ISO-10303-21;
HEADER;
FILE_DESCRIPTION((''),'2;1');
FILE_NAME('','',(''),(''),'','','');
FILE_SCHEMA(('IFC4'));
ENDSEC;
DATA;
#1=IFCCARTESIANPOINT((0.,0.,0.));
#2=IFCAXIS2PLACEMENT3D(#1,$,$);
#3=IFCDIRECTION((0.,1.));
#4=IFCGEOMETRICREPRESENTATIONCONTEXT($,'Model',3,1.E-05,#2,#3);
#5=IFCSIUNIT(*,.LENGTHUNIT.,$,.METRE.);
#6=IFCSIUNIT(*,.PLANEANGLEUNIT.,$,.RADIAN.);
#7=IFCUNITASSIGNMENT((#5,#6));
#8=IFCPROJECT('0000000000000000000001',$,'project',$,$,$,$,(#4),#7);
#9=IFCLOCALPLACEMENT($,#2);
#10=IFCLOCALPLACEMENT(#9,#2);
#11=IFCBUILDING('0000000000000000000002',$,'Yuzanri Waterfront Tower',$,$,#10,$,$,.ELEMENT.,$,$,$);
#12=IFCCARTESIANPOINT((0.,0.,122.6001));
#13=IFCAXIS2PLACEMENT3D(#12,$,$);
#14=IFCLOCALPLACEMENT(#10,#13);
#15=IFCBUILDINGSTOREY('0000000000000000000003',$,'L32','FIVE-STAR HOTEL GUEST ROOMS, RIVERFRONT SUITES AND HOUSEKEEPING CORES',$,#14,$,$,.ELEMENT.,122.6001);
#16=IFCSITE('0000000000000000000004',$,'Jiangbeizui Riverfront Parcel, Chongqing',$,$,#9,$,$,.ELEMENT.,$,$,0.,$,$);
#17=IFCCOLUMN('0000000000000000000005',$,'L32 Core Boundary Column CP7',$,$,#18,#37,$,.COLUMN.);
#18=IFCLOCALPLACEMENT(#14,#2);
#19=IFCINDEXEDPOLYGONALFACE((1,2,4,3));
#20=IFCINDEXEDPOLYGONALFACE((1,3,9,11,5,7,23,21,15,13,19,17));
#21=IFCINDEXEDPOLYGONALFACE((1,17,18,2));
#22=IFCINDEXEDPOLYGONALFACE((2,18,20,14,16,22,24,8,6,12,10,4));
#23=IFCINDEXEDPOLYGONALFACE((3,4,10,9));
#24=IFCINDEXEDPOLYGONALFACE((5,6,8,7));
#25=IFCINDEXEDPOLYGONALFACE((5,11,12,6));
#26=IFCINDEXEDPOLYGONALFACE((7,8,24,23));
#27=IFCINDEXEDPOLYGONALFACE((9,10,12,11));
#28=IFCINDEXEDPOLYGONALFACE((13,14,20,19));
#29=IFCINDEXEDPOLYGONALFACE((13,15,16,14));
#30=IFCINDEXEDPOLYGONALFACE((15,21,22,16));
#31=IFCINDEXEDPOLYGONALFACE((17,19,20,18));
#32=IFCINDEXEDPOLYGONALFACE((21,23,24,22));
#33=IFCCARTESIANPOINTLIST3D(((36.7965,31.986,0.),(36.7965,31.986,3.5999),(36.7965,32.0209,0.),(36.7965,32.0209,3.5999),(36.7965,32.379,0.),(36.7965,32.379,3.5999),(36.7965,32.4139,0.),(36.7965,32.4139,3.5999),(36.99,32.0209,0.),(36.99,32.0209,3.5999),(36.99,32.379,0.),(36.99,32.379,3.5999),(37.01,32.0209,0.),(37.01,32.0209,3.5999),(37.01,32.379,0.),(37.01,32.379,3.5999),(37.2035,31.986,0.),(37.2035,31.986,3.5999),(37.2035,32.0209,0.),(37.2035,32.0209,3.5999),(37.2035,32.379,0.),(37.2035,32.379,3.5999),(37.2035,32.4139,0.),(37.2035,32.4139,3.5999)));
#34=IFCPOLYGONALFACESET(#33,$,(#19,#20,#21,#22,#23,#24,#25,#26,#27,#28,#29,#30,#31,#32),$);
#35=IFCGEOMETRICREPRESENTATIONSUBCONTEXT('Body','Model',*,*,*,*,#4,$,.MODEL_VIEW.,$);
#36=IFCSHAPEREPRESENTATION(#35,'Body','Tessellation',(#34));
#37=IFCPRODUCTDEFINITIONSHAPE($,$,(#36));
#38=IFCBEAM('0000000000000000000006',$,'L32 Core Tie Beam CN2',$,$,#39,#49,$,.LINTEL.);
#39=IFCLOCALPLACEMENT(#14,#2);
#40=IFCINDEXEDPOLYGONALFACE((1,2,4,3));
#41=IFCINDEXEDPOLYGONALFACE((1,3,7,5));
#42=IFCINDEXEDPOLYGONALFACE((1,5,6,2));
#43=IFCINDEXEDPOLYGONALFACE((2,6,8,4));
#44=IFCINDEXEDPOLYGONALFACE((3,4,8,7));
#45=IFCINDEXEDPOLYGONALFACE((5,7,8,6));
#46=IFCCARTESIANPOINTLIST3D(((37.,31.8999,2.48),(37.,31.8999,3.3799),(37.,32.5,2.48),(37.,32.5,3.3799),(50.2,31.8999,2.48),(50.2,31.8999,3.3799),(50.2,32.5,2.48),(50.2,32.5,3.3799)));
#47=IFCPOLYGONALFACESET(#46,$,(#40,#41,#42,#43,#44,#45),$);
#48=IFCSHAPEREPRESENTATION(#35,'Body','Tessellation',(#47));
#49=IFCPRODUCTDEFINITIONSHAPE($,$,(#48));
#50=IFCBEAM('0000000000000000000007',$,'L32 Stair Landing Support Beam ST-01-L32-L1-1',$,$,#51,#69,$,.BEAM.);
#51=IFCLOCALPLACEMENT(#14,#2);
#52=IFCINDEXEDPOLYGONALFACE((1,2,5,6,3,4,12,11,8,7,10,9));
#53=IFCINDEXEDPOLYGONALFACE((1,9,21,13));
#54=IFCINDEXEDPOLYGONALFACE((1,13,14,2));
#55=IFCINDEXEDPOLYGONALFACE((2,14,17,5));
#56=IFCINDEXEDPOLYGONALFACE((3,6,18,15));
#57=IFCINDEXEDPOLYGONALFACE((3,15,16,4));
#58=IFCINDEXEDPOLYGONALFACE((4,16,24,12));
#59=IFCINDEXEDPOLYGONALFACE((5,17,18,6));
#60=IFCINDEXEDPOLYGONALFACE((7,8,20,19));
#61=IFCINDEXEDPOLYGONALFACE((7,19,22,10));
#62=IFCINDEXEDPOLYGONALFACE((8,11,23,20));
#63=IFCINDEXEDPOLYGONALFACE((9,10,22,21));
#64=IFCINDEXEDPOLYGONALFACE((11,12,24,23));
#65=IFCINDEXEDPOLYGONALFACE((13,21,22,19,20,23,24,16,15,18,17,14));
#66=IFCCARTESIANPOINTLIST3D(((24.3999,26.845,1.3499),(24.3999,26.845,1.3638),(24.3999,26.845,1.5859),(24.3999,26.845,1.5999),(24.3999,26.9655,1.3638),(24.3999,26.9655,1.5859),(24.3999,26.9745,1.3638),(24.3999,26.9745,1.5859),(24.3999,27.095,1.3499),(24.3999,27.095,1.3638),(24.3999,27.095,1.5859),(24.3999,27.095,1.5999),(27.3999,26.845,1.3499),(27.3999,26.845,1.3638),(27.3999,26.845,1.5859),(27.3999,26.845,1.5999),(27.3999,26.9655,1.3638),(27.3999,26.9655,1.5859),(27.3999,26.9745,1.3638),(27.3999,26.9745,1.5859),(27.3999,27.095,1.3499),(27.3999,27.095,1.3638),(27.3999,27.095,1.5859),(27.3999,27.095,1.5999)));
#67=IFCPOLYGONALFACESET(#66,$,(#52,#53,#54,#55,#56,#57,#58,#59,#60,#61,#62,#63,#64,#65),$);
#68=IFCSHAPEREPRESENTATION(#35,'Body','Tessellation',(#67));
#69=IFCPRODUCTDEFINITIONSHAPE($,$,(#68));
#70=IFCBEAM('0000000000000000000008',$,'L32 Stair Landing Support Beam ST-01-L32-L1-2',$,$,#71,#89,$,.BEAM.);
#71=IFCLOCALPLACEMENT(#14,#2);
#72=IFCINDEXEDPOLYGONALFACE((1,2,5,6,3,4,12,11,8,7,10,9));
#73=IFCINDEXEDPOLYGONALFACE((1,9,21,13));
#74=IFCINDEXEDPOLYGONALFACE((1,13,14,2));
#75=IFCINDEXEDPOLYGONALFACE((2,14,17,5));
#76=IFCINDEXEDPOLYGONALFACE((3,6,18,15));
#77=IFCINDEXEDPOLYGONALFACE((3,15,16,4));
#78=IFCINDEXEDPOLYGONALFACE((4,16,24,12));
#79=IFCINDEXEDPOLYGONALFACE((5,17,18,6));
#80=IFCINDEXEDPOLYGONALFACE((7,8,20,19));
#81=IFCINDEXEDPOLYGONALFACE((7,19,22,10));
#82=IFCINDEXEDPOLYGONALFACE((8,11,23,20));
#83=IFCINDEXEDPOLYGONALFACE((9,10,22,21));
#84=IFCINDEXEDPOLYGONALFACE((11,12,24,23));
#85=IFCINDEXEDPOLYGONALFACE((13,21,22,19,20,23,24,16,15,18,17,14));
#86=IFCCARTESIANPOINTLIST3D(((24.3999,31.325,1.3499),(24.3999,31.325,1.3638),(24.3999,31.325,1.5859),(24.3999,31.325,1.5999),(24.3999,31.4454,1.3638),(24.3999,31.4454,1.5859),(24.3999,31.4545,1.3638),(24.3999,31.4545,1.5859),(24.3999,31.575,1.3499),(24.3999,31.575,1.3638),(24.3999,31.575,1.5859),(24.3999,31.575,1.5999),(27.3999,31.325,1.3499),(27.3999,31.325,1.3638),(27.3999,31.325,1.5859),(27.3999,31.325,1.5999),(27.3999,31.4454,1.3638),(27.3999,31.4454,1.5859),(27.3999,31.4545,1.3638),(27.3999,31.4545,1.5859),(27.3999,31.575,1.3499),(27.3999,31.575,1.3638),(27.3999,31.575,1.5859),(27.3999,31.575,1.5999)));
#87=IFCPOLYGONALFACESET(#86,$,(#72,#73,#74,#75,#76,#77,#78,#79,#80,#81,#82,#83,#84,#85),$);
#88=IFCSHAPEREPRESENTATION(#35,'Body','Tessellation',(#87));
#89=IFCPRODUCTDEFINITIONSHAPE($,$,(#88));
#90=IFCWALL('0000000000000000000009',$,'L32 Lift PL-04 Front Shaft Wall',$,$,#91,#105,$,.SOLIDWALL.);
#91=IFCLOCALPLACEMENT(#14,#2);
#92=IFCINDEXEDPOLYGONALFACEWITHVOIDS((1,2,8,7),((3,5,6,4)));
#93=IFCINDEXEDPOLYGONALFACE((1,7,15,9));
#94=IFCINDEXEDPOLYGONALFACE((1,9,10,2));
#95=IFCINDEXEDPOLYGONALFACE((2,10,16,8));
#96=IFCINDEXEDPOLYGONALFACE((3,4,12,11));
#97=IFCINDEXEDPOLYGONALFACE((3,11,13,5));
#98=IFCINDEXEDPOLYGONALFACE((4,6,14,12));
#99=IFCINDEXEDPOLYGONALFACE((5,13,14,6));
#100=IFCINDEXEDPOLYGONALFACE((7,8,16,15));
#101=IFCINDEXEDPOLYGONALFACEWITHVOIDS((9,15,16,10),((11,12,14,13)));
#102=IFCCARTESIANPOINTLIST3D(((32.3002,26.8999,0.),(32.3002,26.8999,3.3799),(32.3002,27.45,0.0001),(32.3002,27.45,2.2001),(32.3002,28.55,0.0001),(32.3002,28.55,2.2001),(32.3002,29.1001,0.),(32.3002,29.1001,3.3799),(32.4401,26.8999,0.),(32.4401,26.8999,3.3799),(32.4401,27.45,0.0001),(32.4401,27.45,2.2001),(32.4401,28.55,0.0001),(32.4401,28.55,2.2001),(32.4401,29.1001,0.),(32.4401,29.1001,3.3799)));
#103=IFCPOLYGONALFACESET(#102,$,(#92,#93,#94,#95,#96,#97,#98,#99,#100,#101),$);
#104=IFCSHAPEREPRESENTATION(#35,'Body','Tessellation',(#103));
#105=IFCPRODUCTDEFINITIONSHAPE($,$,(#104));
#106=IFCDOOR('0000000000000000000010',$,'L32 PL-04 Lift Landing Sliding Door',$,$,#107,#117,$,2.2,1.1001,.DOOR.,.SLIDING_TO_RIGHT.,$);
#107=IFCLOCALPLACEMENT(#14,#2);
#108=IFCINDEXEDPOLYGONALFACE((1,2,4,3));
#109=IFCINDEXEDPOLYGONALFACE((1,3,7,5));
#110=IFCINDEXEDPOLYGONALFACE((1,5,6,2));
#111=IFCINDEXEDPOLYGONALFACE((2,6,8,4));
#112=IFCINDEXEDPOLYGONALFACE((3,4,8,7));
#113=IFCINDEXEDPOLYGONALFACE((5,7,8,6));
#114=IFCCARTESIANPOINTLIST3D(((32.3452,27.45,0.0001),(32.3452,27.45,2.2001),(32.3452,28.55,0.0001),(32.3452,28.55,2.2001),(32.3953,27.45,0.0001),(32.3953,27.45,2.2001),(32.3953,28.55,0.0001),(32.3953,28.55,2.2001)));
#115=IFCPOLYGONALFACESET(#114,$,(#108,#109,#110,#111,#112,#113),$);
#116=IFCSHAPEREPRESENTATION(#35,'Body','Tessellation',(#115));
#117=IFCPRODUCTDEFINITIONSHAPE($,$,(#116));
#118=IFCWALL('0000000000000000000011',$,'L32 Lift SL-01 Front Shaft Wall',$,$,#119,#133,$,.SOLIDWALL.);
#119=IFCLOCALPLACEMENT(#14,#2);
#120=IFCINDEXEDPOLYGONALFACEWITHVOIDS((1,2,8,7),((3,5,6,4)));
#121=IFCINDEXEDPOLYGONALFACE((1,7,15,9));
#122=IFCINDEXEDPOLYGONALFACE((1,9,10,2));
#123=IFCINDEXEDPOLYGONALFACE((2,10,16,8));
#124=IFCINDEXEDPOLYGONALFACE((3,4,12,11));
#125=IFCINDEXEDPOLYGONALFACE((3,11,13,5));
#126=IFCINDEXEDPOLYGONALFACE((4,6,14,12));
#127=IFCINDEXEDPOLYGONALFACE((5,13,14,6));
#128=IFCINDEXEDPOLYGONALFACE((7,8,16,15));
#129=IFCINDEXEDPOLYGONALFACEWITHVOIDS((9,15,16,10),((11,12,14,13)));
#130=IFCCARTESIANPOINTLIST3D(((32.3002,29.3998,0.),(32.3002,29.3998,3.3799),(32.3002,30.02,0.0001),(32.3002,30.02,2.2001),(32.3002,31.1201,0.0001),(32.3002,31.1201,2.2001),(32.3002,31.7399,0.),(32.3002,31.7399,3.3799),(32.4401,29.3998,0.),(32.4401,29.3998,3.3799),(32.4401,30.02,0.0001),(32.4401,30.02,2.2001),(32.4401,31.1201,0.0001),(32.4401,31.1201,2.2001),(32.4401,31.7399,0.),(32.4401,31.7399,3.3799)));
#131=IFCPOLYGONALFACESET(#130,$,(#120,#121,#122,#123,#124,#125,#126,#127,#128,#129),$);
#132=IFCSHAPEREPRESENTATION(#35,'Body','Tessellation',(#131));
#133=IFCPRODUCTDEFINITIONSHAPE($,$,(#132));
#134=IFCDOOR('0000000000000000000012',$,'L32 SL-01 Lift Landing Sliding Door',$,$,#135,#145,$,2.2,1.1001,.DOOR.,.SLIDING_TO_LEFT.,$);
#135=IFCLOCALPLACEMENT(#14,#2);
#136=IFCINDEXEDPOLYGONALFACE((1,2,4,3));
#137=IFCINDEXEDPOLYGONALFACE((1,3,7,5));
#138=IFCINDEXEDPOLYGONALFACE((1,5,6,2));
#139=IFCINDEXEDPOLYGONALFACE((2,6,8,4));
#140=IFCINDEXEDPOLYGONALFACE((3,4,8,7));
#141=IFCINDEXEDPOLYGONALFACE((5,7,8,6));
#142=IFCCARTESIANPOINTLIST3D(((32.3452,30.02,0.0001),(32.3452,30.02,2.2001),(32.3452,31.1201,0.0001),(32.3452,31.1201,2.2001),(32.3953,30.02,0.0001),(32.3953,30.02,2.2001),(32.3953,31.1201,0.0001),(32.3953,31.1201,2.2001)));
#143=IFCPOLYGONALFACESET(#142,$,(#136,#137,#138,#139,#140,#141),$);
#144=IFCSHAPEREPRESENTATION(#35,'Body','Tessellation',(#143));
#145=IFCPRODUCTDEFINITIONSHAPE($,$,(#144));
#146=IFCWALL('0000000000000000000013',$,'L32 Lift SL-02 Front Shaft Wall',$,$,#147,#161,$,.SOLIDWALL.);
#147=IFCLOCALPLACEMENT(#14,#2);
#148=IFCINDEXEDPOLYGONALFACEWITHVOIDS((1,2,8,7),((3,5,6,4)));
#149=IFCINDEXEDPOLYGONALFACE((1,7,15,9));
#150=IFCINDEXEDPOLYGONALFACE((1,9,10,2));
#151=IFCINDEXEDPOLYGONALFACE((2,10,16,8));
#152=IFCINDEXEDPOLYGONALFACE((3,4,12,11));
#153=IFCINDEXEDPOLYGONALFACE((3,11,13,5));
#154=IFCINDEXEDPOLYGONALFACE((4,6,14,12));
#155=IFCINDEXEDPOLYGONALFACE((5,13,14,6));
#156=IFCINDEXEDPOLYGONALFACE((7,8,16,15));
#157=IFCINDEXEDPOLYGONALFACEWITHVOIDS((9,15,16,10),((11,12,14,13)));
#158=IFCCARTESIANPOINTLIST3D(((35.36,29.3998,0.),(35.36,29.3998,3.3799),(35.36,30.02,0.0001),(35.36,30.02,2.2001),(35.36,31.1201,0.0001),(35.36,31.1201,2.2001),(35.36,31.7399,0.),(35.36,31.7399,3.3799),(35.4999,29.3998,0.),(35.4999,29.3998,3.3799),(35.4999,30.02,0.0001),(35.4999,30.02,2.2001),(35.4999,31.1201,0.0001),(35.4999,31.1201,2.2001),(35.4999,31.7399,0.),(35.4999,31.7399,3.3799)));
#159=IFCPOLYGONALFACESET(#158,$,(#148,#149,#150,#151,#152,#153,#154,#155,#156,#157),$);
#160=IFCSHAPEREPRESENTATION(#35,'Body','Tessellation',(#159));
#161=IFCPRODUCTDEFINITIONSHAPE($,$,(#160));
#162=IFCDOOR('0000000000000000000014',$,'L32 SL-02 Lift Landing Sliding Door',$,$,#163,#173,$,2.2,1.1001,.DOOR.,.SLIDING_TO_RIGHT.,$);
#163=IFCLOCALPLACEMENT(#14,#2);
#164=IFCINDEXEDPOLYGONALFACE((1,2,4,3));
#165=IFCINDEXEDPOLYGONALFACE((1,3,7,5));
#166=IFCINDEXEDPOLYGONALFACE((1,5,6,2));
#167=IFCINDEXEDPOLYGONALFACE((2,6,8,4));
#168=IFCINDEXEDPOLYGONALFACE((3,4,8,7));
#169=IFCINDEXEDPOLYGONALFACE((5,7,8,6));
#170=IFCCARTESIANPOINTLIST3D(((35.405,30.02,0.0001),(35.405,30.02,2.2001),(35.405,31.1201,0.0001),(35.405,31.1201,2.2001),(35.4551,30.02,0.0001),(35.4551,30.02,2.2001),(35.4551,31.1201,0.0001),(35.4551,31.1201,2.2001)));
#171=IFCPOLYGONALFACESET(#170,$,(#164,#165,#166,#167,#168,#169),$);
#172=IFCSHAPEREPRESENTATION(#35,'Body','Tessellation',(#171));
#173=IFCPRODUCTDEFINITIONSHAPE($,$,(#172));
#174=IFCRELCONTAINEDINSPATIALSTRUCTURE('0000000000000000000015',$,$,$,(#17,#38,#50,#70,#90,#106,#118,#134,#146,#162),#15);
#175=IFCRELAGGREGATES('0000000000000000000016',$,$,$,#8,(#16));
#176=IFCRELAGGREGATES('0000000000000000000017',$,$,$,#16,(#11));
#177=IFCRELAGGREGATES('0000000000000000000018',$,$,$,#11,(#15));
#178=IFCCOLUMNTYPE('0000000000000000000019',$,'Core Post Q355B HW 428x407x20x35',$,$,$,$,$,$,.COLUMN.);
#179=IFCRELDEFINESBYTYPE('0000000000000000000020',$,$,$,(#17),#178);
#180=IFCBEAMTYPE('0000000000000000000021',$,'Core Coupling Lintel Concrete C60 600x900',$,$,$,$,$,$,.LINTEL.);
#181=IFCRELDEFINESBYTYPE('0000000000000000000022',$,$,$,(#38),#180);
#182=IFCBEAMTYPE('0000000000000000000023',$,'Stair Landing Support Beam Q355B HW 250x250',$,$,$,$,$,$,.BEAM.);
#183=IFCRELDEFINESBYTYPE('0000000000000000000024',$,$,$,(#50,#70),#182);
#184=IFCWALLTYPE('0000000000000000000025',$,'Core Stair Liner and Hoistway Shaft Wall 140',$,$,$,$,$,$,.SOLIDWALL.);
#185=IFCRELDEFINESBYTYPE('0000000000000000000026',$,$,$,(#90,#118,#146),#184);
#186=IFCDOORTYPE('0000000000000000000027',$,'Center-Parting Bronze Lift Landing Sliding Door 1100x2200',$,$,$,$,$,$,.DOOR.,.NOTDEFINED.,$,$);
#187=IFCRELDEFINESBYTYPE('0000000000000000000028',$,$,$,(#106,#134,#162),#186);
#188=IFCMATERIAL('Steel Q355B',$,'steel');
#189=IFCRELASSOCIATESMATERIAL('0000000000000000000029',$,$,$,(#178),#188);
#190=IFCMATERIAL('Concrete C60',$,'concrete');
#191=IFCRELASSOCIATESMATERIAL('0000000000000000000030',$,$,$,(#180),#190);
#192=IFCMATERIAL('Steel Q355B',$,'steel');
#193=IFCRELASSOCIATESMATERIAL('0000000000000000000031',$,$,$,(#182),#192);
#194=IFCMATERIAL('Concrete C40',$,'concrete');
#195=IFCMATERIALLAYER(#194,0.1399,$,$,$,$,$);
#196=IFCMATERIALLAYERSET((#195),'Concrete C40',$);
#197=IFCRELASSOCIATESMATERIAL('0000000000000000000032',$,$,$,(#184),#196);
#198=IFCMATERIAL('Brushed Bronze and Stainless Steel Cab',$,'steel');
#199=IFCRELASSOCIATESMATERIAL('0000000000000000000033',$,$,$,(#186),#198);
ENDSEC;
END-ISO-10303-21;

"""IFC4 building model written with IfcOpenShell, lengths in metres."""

from ifc_helpers import new_model, si_unit, direction, frame, frame_2d, origin, origin_2d, place, context, subcontext, project, spatial, rectangle, i_section, extrude, source, transform, mapped, material, layer, layer_set, material_profile, profile_set, type_object, element, fill, save


model = new_model("IFC4")

# Units and contexts
model_context = context("Model", 3, precision=1e-05, world=origin(), true_north=direction((0.0, 1.0)))
body_context = subcontext(model_context, "Body", "Model", "MODEL_VIEW")
ifc_project = project(units=[si_unit("LENGTHUNIT", "METRE"), si_unit("PLANEANGLEUNIT", "RADIAN")], contexts=[model_context])

# Site, building, storey
site_placement = place(None, origin())
site = spatial("IfcSite", under=ifc_project, at=site_placement, Name="Jiangbeizui Riverfront Parcel, Chongqing", CompositionType="ELEMENT", RefElevation=0.0)
building_placement = place(site_placement, origin())
building = spatial("IfcBuilding", under=site, at=building_placement, Name="Yuzanri Waterfront Tower", CompositionType="ELEMENT")
storey_placement = place(building_placement, frame((0.0, 0.0, 122.6001)))
storey = spatial("IfcBuildingStorey", under=building, at=storey_placement, Name="L32", Description="FIVE-STAR HOTEL GUEST ROOMS, RIVERFRONT SUITES AND HOUSEKEEPING CORES", CompositionType="ELEMENT", Elevation=122.6001)

# Column
ifc_material_1 = material(Name="Steel Q355B", Category="steel")
ifc_material_profile_1 = material_profile(ifc_material_1, i_section(OverallWidth=0.407, OverallDepth=0.428, WebThickness=0.02, FlangeThickness=0.0349, at=origin_2d()), Name="HW 428x407x20x35")
ifc_profile_set_1 = profile_set([ifc_material_profile_1], Name="Steel Q355B")
column_type = type_object("IfcColumnType", Name="Core Post Q355B HW 428x407x20x35", PredefinedType="COLUMN", material=ifc_profile_set_1)
shared_shape_1 = source(origin(), body_context, "Body", "SweptSolid", [
    extrude(i_section(OverallWidth=0.407, OverallDepth=0.428, WebThickness=0.02, FlangeThickness=0.0349, at=origin_2d()), origin(), (0.0, 0.0, 1.0), 3.5999),
])
column_placement = place(storey_placement, frame((37.0, 32.2, 0.0), z_axis=(0.0, 0.0, 1.0), x_axis=(1.0, 0.0, 0.0)))
element("IfcColumn", 1, at=column_placement, inside=storey, type_object=column_type, Name="L32 Core Boundary Column CP7", PredefinedType="COLUMN", context=body_context, shape_type="MappedRepresentation", body=[
    mapped(shared_shape_1, transform((0.0, 0.0, 0.0), scale=1.0)),
])

# Beams
ifc_material_2 = material(Name="Concrete C60", Category="concrete")
ifc_material_profile_2 = material_profile(ifc_material_2, rectangle(XDim=0.6001, YDim=0.8999, at=origin_2d()), Name="RC 600x900")
ifc_profile_set_2 = profile_set([ifc_material_profile_2], Name="Concrete C60")
beam_type_1 = type_object("IfcBeamType", Name="Core Coupling Lintel Concrete C60 600x900", PredefinedType="LINTEL", material=ifc_profile_set_2)
shared_shape_2 = source(origin(), body_context, "Body", "SweptSolid", [
    extrude(rectangle(XDim=0.6001, YDim=0.8999, at=origin_2d()), origin(), (0.0, 0.0, 1.0), 13.2),
])
beam_placement = place(storey_placement, frame((37.0, 32.2, 2.9299), z_axis=(1.0, 0.0, 0.0), x_axis=(0.0, 1.0, 0.0)))
element("IfcBeam", 2, at=beam_placement, inside=storey, type_object=beam_type_1, Name="L32 Core Tie Beam CN2", PredefinedType="LINTEL", context=body_context, shape_type="MappedRepresentation", body=[
    mapped(shared_shape_2, transform((0.0, 0.0, 0.0), scale=1.0)),
])
ifc_material_3 = material(Name="Steel Q355B", Category="steel")
ifc_material_profile_3 = material_profile(ifc_material_3, i_section(OverallWidth=0.25, OverallDepth=0.25, WebThickness=0.009, FlangeThickness=0.0139, at=origin_2d()), Name="HW 250x250x9x14")
ifc_profile_set_3 = profile_set([ifc_material_profile_3], Name="Steel Q355B")
beam_type_2 = type_object("IfcBeamType", Name="Stair Landing Support Beam Q355B HW 250x250", PredefinedType="BEAM", material=ifc_profile_set_3)
shared_shape_3 = source(origin(), body_context, "Body", "SweptSolid", [
    extrude(i_section(OverallWidth=0.25, OverallDepth=0.25, WebThickness=0.009, FlangeThickness=0.0139, at=origin_2d()), origin(), (0.0, 0.0, 1.0), 3.0),
])
for number, where, z_axis, x_axis, name in (
    (3, (24.3999, 26.97, 1.4749), (1.0, 0.0, 0.0), (0.0, 1.0, 0.0), "L32 Stair Landing Support Beam ST-01-L32-L1-1"),
    (4, (24.3999, 31.45, 1.4749), (1.0, 0.0, 0.0), (0.0, 1.0, 0.0), "L32 Stair Landing Support Beam ST-01-L32-L1-2"),
):
    element("IfcBeam", number, at=place(storey_placement, frame(where, z_axis=z_axis, x_axis=x_axis)), inside=storey, type_object=beam_type_2, Name=name, PredefinedType="BEAM", context=body_context, shape_type="MappedRepresentation", body=[
        mapped(shared_shape_3, transform((0.0, 0.0, 0.0), scale=1.0)),
    ])

# Walls, openings, doors
ifc_material_4 = material(Name="Concrete C40", Category="concrete")
ifc_layer_1 = layer(ifc_material_4, 0.1399)
ifc_layer_set_1 = layer_set([ifc_layer_1], Name="Concrete C40")
wall_type_1 = type_object("IfcWallType", Name="Core Stair Liner and Hoistway Shaft Wall 140", PredefinedType="SOLIDWALL", material=ifc_layer_set_1)
wall_1_placement = place(storey_placement, frame((32.3701, 26.8999, 0.0), z_axis=(0.0, 0.0, 1.0), x_axis=(0.0, 1.0, 0.0)))
wall_1 = element("IfcWall", 5, at=wall_1_placement, inside=storey, type_object=wall_type_1, Name="L32 Lift PL-04 Front Shaft Wall", PredefinedType="SOLIDWALL", context=body_context, shape_type="SweptSolid", body=[
    extrude(rectangle(XDim=2.2002, YDim=0.1399, at=frame_2d((1.1001, 0.0))), origin(), (0.0, 0.0, 1.0), 3.3799),
])
opening_1_placement = place(wall_1_placement, frame((0.55, 0.0, 0.0)))
opening_1 = element("IfcOpeningElement", 6, at=opening_1_placement, cuts=wall_1, PredefinedType="OPENING", context=body_context, shape_type="SweptSolid", body=[
    extrude(rectangle(XDim=1.1001, YDim=2.2, at=frame_2d((0.55, 1.1001))), frame((0.0, 0.085, 0.0), z_axis=(0.0, -1.0, 0.0), x_axis=(1.0, 0.0, 0.0)), (0.0, 0.0, 1.0), 0.1697),
])
ifc_material_5 = material(Name="Brushed Bronze and Stainless Steel Cab", Category="steel")
door_type_1 = type_object("IfcDoorType", Name="Center-Parting Bronze Lift Landing Sliding Door 1100x2200", OperationType="NOTDEFINED", PredefinedType="DOOR", material=ifc_material_5)
shared_shape_4 = source(origin(), body_context, "Body", "SweptSolid", [
    extrude(rectangle(XDim=1.1001, YDim=2.2, at=frame_2d((0.55, 1.1001))), frame((0.0, 0.0249, 0.0), z_axis=(0.0, -1.0, 0.0), x_axis=(1.0, 0.0, 0.0)), (0.0, 0.0, 1.0), 0.05),
])
door_1_placement = place(opening_1_placement, origin())
door_1 = element("IfcDoor", 7, at=door_1_placement, inside=storey, type_object=door_type_1, Name="L32 PL-04 Lift Landing Sliding Door", OperationType="SLIDING_TO_RIGHT", OverallHeight=2.2, OverallWidth=1.1001, PredefinedType="DOOR", context=body_context, shape_type="MappedRepresentation", body=[
    mapped(shared_shape_4, transform((0.0, 0.0, 0.0), scale=1.0)),
])
fill(opening_1, door_1)
wall_2_placement = place(storey_placement, frame((32.3701, 29.3999, 0.0), z_axis=(0.0, 0.0, 1.0), x_axis=(0.0, 1.0, 0.0)))
wall_2 = element("IfcWall", 8, at=wall_2_placement, inside=storey, type_object=wall_type_1, Name="L32 Lift SL-01 Front Shaft Wall", PredefinedType="SOLIDWALL", context=body_context, shape_type="SweptSolid", body=[
    extrude(rectangle(XDim=2.3401, YDim=0.1399, at=frame_2d((1.1699, 0.0))), origin(), (0.0, 0.0, 1.0), 3.3799),
])
opening_2_placement = place(wall_2_placement, frame((0.6201, 0.0, 0.0)))
opening_2 = element("IfcOpeningElement", 9, at=opening_2_placement, cuts=wall_2, PredefinedType="OPENING", context=body_context, shape_type="SweptSolid", body=[
    extrude(rectangle(XDim=1.1001, YDim=2.2, at=frame_2d((0.55, 1.1001))), frame((0.0, 0.085, 0.0), z_axis=(0.0, -1.0, 0.0), x_axis=(1.0, 0.0, 0.0)), (0.0, 0.0, 1.0), 0.1697),
])
door_2_placement = place(opening_2_placement, origin())
door_2 = element("IfcDoor", 10, at=door_2_placement, inside=storey, type_object=door_type_1, Name="L32 SL-01 Lift Landing Sliding Door", OperationType="SLIDING_TO_LEFT", OverallHeight=2.2, OverallWidth=1.1001, PredefinedType="DOOR", context=body_context, shape_type="MappedRepresentation", body=[
    mapped(shared_shape_4, transform((0.0, 0.0, 0.0), scale=1.0)),
])
fill(opening_2, door_2)
wall_3_placement = place(storey_placement, frame((35.4299, 29.3999, 0.0), z_axis=(0.0, 0.0, 1.0), x_axis=(0.0, 1.0, 0.0)))
wall_3 = element("IfcWall", 11, at=wall_3_placement, inside=storey, type_object=wall_type_1, Name="L32 Lift SL-02 Front Shaft Wall", PredefinedType="SOLIDWALL", context=body_context, shape_type="SweptSolid", body=[
    extrude(rectangle(XDim=2.3401, YDim=0.1399, at=frame_2d((1.1699, 0.0))), origin(), (0.0, 0.0, 1.0), 3.3799),
])
opening_3_placement = place(wall_3_placement, frame((0.6201, 0.0, 0.0)))
opening_3 = element("IfcOpeningElement", 12, at=opening_3_placement, cuts=wall_3, PredefinedType="OPENING", context=body_context, shape_type="SweptSolid", body=[
    extrude(rectangle(XDim=1.1001, YDim=2.2, at=frame_2d((0.55, 1.1001))), frame((0.0, 0.085, 0.0), z_axis=(0.0, -1.0, 0.0), x_axis=(1.0, 0.0, 0.0)), (0.0, 0.0, 1.0), 0.1697),
])
door_3_placement = place(opening_3_placement, origin())
door_3 = element("IfcDoor", 13, at=door_3_placement, inside=storey, type_object=door_type_1, Name="L32 SL-02 Lift Landing Sliding Door", OperationType="SLIDING_TO_RIGHT", OverallHeight=2.2, OverallWidth=1.1001, PredefinedType="DOOR", context=body_context, shape_type="MappedRepresentation", body=[
    mapped(shared_shape_4, transform((0.0, 0.0, 0.0), scale=1.0)),
])
fill(opening_3, door_3)

save(model, "model.ifc")
